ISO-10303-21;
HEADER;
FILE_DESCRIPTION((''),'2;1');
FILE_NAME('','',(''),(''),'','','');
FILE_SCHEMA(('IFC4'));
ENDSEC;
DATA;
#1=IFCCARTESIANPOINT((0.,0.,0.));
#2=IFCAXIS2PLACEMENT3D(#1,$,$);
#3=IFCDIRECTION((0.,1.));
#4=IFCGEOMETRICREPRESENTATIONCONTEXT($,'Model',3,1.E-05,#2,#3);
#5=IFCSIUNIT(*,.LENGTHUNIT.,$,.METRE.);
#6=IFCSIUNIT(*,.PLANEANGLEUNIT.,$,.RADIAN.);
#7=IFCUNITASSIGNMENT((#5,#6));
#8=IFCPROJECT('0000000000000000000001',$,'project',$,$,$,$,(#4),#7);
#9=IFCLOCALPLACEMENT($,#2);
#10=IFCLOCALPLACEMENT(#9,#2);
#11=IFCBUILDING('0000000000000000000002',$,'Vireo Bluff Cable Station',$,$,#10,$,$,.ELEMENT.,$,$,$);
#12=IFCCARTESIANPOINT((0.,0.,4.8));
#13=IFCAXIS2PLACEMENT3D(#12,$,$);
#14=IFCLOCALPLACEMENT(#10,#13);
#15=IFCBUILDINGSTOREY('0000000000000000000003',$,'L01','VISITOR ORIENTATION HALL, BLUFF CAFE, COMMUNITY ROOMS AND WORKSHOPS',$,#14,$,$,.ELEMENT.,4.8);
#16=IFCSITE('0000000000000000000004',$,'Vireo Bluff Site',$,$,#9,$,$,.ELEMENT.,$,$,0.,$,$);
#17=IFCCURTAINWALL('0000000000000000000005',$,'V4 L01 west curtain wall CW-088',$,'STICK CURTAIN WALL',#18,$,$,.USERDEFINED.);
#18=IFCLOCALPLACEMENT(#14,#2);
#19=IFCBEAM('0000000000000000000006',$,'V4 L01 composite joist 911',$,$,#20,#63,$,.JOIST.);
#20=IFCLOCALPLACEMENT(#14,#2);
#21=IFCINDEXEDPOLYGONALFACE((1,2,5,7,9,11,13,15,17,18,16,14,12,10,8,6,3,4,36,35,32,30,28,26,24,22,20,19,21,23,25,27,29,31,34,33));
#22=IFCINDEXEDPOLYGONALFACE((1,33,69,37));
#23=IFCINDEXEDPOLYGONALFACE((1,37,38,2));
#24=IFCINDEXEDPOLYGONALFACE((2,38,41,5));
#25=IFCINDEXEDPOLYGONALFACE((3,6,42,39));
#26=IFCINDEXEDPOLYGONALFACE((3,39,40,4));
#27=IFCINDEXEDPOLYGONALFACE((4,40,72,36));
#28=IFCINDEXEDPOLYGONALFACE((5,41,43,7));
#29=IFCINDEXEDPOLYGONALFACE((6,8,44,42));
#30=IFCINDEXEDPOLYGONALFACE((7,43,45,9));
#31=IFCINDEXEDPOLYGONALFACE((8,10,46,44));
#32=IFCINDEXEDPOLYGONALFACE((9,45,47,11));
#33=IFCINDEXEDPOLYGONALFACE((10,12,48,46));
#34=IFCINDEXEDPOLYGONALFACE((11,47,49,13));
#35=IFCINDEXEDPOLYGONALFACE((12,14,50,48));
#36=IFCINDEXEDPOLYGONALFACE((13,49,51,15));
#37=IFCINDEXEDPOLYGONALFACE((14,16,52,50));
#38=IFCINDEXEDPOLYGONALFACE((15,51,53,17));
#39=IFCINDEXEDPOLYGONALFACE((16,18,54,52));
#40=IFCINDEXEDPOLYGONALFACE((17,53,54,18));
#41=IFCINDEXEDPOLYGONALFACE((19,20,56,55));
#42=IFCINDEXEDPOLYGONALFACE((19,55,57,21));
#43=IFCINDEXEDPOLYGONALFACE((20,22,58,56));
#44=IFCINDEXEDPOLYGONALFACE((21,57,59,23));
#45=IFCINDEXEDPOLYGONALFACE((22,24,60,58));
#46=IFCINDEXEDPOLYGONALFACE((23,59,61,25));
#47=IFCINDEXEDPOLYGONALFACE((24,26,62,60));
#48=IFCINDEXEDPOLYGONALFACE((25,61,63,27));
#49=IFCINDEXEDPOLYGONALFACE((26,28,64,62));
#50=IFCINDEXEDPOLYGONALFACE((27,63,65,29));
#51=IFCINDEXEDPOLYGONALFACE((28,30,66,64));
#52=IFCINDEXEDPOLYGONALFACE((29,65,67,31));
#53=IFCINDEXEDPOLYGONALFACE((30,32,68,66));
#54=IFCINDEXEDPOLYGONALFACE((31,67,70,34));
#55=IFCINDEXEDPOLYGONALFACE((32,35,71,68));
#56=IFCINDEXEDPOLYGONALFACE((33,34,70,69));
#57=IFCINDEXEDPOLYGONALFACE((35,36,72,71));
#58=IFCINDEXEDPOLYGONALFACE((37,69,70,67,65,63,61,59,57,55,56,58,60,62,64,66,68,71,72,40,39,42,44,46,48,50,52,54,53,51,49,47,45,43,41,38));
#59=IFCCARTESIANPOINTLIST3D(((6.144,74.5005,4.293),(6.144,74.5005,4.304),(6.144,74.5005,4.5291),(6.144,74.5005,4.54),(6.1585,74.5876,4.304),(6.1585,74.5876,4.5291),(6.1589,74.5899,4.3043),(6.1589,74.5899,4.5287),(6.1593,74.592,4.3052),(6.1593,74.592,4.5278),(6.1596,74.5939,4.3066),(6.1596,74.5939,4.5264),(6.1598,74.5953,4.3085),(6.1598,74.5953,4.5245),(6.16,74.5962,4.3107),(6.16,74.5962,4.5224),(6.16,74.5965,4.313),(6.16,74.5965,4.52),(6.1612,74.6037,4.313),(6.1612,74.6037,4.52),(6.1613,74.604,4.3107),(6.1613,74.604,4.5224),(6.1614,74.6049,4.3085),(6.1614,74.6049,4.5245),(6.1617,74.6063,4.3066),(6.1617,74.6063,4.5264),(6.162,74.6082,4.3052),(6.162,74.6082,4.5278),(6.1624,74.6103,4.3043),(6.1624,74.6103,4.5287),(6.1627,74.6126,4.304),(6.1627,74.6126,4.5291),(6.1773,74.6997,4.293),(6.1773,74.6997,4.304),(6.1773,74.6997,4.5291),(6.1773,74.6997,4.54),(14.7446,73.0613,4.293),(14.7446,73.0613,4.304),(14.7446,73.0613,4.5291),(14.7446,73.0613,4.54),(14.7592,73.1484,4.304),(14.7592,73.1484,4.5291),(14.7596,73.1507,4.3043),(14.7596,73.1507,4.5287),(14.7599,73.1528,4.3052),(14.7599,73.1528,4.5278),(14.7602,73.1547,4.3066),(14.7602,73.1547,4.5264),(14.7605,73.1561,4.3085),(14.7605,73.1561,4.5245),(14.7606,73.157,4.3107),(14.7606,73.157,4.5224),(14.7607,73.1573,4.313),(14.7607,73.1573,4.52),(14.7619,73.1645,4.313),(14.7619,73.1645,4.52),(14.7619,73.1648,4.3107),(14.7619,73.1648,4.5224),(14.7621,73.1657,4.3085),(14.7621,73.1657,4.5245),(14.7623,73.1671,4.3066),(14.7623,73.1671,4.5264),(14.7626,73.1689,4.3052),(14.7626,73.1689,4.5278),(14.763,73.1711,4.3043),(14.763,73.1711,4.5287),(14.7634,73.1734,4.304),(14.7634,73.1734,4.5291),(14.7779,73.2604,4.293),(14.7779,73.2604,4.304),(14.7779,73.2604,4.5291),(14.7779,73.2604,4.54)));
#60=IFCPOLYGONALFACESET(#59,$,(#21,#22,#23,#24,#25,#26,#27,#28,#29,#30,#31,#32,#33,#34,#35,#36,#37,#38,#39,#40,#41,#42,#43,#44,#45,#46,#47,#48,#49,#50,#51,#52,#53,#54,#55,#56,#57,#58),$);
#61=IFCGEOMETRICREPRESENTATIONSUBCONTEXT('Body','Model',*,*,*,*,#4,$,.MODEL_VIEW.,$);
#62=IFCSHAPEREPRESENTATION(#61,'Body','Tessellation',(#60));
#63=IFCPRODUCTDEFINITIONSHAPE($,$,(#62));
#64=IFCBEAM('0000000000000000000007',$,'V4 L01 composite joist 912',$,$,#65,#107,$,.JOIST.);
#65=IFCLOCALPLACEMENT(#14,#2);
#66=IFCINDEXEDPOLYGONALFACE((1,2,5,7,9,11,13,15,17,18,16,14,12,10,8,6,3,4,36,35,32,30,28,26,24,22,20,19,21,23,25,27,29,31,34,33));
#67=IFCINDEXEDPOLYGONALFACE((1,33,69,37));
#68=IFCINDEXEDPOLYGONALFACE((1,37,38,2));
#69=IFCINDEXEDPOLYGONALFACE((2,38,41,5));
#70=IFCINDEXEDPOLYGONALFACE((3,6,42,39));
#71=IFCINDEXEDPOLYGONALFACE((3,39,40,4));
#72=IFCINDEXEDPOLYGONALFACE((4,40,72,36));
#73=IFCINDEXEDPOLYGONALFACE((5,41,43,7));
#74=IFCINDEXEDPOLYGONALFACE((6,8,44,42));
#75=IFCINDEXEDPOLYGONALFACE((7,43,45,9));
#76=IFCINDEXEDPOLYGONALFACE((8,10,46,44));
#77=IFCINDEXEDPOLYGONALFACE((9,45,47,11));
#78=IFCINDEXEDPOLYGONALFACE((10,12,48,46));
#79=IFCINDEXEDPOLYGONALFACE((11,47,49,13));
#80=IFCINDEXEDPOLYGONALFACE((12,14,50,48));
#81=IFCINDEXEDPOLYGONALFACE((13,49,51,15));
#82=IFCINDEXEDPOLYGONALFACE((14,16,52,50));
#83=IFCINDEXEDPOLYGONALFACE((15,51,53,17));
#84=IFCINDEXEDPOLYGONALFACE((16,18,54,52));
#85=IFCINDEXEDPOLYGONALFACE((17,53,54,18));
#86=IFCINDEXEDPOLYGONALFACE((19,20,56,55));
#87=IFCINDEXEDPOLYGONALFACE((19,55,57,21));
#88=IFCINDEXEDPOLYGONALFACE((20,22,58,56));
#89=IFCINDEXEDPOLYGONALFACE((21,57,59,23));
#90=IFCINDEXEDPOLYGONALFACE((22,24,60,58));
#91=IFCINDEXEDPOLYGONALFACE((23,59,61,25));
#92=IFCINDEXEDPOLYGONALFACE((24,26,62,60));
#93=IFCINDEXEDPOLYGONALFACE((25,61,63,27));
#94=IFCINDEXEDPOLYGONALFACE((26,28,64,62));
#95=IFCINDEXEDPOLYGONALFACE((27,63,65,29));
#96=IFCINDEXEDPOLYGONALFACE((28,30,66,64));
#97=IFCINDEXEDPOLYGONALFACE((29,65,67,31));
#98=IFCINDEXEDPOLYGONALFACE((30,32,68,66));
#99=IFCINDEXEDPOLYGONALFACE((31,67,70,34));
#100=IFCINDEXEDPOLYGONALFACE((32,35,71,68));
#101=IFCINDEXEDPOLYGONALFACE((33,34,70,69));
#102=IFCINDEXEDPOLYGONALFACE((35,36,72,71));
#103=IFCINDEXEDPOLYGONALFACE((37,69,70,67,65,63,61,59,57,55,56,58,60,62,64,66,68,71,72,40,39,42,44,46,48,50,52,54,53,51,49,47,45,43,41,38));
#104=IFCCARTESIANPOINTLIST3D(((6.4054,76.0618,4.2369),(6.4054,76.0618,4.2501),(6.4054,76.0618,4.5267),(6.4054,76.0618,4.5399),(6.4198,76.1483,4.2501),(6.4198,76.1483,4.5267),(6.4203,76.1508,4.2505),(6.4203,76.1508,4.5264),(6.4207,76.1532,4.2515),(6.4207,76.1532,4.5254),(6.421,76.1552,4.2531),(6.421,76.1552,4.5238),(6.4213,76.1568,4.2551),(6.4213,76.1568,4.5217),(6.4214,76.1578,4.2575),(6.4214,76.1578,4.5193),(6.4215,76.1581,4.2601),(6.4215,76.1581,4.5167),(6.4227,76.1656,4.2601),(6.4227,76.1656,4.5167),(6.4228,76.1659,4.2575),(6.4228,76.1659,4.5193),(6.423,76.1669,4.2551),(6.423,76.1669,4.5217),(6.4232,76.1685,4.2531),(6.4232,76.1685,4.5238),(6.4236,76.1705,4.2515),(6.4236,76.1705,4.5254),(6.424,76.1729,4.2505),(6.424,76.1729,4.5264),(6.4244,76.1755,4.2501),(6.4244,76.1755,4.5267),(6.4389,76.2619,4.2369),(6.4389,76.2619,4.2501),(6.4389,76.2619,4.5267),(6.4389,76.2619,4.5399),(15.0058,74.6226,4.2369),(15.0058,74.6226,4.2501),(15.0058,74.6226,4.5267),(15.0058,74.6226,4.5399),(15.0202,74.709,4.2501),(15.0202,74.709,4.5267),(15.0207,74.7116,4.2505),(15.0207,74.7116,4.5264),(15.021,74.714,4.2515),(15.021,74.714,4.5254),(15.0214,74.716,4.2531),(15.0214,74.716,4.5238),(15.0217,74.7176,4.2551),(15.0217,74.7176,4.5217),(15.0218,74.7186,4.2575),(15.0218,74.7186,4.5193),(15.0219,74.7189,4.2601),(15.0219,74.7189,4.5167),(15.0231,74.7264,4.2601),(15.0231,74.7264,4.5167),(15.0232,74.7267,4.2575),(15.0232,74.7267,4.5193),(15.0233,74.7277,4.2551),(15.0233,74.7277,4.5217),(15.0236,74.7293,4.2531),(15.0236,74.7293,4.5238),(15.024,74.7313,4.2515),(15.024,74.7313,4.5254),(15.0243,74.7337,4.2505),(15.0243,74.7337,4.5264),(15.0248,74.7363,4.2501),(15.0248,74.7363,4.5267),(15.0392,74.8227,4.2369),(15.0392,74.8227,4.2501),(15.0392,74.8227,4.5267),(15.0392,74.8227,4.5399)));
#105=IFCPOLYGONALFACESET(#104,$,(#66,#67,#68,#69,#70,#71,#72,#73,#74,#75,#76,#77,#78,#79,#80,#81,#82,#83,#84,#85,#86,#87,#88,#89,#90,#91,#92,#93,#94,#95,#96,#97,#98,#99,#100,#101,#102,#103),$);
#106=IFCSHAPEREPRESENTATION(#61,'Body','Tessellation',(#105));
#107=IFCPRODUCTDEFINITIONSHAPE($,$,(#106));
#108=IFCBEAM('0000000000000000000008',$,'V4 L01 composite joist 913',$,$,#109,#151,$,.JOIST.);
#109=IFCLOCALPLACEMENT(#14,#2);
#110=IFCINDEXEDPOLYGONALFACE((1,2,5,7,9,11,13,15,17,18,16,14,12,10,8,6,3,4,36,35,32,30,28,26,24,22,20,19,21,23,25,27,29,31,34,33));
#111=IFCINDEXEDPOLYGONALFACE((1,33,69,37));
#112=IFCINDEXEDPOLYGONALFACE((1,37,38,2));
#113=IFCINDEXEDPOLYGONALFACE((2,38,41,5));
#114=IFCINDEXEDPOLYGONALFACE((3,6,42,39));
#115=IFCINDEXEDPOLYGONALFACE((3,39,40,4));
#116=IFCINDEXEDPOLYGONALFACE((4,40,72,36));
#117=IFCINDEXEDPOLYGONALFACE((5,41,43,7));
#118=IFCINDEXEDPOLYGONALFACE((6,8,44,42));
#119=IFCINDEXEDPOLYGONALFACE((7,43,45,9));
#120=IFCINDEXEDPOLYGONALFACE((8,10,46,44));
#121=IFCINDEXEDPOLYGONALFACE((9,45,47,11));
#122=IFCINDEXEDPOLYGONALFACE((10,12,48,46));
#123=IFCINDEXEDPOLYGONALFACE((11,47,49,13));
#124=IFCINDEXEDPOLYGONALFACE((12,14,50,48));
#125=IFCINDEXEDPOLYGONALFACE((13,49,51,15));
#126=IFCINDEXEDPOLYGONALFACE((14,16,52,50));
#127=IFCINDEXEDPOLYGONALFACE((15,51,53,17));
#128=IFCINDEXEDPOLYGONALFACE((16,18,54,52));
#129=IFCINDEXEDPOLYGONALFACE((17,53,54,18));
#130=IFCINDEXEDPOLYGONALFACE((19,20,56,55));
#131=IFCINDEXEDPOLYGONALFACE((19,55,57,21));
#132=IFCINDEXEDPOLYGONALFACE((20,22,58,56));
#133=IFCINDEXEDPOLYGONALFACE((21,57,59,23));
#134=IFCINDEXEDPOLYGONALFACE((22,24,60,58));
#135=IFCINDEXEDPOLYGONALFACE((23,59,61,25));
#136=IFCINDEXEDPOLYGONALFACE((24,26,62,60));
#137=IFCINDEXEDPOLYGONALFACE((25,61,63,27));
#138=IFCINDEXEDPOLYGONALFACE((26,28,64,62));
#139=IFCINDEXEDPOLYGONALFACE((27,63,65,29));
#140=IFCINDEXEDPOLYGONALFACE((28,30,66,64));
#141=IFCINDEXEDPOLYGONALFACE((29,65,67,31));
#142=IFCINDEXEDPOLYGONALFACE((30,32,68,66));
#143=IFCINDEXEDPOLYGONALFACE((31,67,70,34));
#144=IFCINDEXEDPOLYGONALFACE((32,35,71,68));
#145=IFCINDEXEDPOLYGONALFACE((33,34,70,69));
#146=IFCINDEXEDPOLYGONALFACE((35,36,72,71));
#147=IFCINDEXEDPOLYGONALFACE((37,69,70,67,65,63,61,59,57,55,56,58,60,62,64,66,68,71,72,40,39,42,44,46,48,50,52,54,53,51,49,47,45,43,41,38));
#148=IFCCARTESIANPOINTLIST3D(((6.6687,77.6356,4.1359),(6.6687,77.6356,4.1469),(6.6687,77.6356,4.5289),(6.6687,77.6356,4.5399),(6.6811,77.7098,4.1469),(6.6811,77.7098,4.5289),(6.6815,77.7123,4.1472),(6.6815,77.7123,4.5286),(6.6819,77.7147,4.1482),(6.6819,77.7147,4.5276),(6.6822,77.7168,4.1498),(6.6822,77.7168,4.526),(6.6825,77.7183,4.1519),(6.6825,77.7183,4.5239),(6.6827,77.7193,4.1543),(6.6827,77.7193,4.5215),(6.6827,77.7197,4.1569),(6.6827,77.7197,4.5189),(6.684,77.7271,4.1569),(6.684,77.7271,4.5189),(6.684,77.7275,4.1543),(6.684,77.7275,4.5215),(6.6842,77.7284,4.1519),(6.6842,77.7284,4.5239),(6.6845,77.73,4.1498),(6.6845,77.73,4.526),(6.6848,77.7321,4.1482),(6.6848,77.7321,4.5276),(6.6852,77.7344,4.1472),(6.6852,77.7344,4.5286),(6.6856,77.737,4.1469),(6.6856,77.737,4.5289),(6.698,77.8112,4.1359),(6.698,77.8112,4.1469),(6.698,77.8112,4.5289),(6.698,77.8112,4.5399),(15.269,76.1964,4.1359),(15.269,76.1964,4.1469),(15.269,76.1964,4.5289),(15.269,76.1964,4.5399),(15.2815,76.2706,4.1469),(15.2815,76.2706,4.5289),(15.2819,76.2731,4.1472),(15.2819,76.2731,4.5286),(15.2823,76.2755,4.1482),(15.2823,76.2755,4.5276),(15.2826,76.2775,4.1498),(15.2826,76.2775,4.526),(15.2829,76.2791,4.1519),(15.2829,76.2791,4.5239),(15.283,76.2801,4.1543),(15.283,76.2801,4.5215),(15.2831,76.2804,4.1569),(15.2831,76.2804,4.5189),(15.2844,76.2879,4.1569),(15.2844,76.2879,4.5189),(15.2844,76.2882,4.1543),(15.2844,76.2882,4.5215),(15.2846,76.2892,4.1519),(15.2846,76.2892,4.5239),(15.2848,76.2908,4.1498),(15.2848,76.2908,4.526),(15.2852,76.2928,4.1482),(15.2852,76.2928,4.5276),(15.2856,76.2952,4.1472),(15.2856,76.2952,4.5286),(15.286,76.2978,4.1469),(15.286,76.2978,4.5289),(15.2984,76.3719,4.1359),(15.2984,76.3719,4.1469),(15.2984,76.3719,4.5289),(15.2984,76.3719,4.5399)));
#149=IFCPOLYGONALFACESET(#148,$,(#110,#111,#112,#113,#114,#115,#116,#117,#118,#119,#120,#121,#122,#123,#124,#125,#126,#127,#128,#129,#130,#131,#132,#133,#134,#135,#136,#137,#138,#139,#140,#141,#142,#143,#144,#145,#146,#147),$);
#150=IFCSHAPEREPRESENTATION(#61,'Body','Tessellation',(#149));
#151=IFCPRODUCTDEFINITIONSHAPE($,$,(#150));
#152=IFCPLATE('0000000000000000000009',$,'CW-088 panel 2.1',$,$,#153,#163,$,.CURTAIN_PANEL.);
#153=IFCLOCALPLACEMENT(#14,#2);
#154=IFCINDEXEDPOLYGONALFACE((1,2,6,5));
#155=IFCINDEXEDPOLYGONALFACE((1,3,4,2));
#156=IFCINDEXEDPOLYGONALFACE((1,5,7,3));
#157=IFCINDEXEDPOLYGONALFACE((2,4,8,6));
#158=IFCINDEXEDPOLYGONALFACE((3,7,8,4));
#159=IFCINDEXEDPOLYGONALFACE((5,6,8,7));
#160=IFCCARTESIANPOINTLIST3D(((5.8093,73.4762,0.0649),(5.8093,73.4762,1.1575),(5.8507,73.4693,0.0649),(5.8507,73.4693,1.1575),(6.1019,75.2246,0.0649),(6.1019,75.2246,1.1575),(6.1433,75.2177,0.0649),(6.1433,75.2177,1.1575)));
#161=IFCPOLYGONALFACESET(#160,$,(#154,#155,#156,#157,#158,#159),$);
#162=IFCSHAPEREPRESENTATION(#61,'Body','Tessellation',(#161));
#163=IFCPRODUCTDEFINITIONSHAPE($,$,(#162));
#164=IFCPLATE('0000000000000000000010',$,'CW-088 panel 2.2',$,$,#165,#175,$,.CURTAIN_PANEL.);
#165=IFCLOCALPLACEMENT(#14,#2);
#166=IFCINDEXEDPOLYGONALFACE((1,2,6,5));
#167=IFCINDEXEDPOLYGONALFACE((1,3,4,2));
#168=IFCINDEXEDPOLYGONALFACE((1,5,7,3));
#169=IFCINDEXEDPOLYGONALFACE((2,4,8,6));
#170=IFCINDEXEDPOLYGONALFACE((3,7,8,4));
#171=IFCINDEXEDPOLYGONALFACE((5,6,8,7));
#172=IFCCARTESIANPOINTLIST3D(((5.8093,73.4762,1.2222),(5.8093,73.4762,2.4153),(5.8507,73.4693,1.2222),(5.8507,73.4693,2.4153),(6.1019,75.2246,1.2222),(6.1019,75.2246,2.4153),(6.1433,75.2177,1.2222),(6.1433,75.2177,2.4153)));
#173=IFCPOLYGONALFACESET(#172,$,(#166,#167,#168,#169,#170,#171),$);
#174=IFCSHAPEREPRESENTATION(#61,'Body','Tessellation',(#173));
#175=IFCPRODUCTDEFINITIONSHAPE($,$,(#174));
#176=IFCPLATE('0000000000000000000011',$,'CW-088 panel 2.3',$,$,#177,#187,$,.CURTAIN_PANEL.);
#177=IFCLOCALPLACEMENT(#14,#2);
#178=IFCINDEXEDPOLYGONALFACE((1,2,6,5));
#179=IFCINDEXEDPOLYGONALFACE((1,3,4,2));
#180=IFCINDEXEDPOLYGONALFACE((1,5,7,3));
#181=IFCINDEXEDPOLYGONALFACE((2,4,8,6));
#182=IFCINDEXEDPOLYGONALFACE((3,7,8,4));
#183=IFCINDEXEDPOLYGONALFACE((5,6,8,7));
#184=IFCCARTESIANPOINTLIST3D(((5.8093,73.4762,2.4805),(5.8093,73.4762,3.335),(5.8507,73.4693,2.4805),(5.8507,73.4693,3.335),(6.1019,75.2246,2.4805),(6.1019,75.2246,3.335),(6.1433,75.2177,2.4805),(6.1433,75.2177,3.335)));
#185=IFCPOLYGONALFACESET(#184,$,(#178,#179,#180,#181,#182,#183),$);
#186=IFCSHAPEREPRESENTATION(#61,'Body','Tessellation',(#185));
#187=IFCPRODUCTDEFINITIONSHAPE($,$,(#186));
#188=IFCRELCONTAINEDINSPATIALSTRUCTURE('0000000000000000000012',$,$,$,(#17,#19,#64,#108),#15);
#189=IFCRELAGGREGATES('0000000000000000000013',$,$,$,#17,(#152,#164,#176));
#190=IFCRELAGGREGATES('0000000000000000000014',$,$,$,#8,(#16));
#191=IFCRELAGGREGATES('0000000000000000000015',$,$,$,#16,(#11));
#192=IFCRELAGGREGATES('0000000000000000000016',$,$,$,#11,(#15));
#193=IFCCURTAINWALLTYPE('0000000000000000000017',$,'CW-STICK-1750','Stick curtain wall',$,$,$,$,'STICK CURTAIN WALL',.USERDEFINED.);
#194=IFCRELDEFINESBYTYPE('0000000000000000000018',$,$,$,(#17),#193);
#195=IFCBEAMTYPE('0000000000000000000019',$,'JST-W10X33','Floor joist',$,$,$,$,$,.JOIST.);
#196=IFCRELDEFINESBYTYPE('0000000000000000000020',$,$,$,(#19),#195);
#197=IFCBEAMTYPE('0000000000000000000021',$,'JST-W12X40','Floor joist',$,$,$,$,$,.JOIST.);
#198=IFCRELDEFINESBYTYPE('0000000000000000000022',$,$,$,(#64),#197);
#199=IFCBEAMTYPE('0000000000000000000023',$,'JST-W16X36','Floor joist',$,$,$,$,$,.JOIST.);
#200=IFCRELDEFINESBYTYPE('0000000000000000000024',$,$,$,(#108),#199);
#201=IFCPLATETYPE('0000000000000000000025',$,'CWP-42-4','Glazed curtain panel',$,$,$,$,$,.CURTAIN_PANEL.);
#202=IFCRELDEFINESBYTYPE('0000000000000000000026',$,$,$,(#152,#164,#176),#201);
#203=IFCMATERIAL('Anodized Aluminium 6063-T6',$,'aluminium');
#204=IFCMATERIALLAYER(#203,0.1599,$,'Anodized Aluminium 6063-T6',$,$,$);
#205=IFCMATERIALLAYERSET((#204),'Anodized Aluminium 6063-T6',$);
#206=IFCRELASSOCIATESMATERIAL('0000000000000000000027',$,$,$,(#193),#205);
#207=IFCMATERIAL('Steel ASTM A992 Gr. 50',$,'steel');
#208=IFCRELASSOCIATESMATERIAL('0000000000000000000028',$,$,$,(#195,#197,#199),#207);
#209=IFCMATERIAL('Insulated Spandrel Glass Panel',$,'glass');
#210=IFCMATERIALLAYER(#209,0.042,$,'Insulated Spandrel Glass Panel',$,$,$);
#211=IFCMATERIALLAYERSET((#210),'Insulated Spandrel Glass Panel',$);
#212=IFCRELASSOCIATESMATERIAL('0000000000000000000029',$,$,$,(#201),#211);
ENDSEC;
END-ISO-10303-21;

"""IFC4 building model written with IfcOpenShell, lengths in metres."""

from ifc_helpers import new_model, si_unit, direction, frame, origin, origin_2d, place, context, subcontext, project, spatial, rectangle, i_section, extrude, material, layer, layer_set, material_profile, profile_set, type_object, element, aggregate, save


model = new_model("IFC4")

# Units and contexts
model_context = context("Model", 3, precision=1e-05, world=origin(), true_north=direction((0.0, 1.0)))
body_context = subcontext(model_context, "Body", "Model", "MODEL_VIEW")
ifc_project = project(units=[si_unit("LENGTHUNIT", "METRE"), si_unit("PLANEANGLEUNIT", "RADIAN")], contexts=[model_context])

# Site, building, storey
site_placement = place(None, origin())
site = spatial("IfcSite", under=ifc_project, at=site_placement, Name="Vireo Bluff Site", CompositionType="ELEMENT", RefElevation=0.0)
building_placement = place(site_placement, origin())
building = spatial("IfcBuilding", under=site, at=building_placement, Name="Vireo Bluff Cable Station", CompositionType="ELEMENT")
storey_placement = place(building_placement, frame((0.0, 0.0, 4.8)))
storey = spatial("IfcBuildingStorey", under=building, at=storey_placement, Name="L01", Description="VISITOR ORIENTATION HALL, BLUFF CAFE, COMMUNITY ROOMS AND WORKSHOPS", CompositionType="ELEMENT", Elevation=4.8)

# Curtain wall
ifc_material_1 = material(Name="Anodized Aluminium 6063-T6", Category="aluminium")
ifc_layer_1 = layer(ifc_material_1, 0.1599, Name="Anodized Aluminium 6063-T6")
ifc_layer_set_1 = layer_set([ifc_layer_1], Name="Anodized Aluminium 6063-T6")
curtain_wall_type = type_object("IfcCurtainWallType", Name="CW-STICK-1750", Description="Stick curtain wall", ElementType="STICK CURTAIN WALL", PredefinedType="USERDEFINED", material=ifc_layer_set_1)
curtain_wall_placement = place(storey_placement, origin())
curtain_wall = element("IfcCurtainWall", 1, at=curtain_wall_placement, inside=storey, type_object=curtain_wall_type, Name="V4 L01 west curtain wall CW-088", ObjectType="STICK CURTAIN WALL", PredefinedType="USERDEFINED")

# Beams
ifc_material_2 = material(Name="Steel ASTM A992 Gr. 50", Category="steel")
ifc_material_profile_1 = material_profile(ifc_material_2, i_section(OverallWidth=0.2019, OverallDepth=0.2471, WebThickness=0.0073, FlangeThickness=0.011, FilletRadius=0.009, at=origin_2d()), Name="W10X33")
ifc_profile_set_1 = profile_set([ifc_material_profile_1], Name="Steel ASTM A992 Gr. 50")
beam_type_1 = type_object("IfcBeamType", Name="JST-W10X33", Description="Floor joist", PredefinedType="JOIST", material=ifc_profile_set_1)
beam_1_placement = place(storey_placement, frame((6.1606, 74.6001, 4.4165), z_axis=(0.986286, -0.165044, 0.0), x_axis=(0.165044, 0.986286, 0.0)))
element("IfcBeam", 2, at=beam_1_placement, inside=storey, type_object=beam_type_1, Name="V4 L01 composite joist 911", PredefinedType="JOIST", context=body_context, shape_type="SweptSolid", body=[
    extrude(i_section(OverallWidth=0.2019, OverallDepth=0.2471, WebThickness=0.0073, FlangeThickness=0.011, FilletRadius=0.009, at=origin_2d()), origin(), (0.0, 0.0, 1.0), 8.7202),
])
ifc_material_profile_2 = material_profile(ifc_material_2, i_section(OverallWidth=0.2029, OverallDepth=0.303, WebThickness=0.0076, FlangeThickness=0.0132, FilletRadius=0.01, at=origin_2d()), Name="W12X40")
ifc_profile_set_2 = profile_set([ifc_material_profile_2], Name="Steel ASTM A992 Gr. 50")
beam_type_2 = type_object("IfcBeamType", Name="JST-W12X40", Description="Floor joist", PredefinedType="JOIST", material=ifc_profile_set_2)
beam_2_placement = place(storey_placement, frame((6.4221, 76.1619, 4.3884), z_axis=(0.986286, -0.165048, 0.0), x_axis=(0.165048, 0.986286, 0.0)))
element("IfcBeam", 3, at=beam_2_placement, inside=storey, type_object=beam_type_2, Name="V4 L01 composite joist 912", PredefinedType="JOIST", context=body_context, shape_type="SweptSolid", body=[
    extrude(i_section(OverallWidth=0.2029, OverallDepth=0.303, WebThickness=0.0076, FlangeThickness=0.0132, FilletRadius=0.01, at=origin_2d()), origin(), (0.0, 0.0, 1.0), 8.72),
])
ifc_material_profile_3 = material_profile(ifc_material_2, i_section(OverallWidth=0.178, OverallDepth=0.4041, WebThickness=0.0076, FlangeThickness=0.011, FilletRadius=0.01, at=origin_2d()), Name="W16X36")
ifc_profile_set_3 = profile_set([ifc_material_profile_3], Name="Steel ASTM A992 Gr. 50")
beam_type_3 = type_object("IfcBeamType", Name="JST-W16X36", Description="Floor joist", PredefinedType="JOIST", material=ifc_profile_set_3)
beam_3_placement = place(storey_placement, frame((6.6833, 77.7234, 4.3379), z_axis=(0.986286, -0.165048, 0.0), x_axis=(0.165048, 0.986286, 0.0)))
element("IfcBeam", 4, at=beam_3_placement, inside=storey, type_object=beam_type_3, Name="V4 L01 composite joist 913", PredefinedType="JOIST", context=body_context, shape_type="SweptSolid", body=[
    extrude(i_section(OverallWidth=0.178, OverallDepth=0.4041, WebThickness=0.0076, FlangeThickness=0.011, FilletRadius=0.01, at=origin_2d()), origin(), (0.0, 0.0, 1.0), 8.72),
])

# Plates
ifc_material_3 = material(Name="Insulated Spandrel Glass Panel", Category="glass")
ifc_layer_2 = layer(ifc_material_3, 0.042, Name="Insulated Spandrel Glass Panel")
ifc_layer_set_2 = layer_set([ifc_layer_2], Name="Insulated Spandrel Glass Panel")
plate_type = type_object("IfcPlateType", Name="CWP-42-4", Description="Glazed curtain panel", PredefinedType="CURTAIN_PANEL", material=ifc_layer_set_2)
plate_1_placement = place(storey_placement, frame((5.9763, 74.3469, 0.0649), z_axis=(0.0, 0.0, 1.0), x_axis=(0.165048, 0.986286, 0.0)))
plate_1 = element("IfcPlate", 5, at=plate_1_placement, type_object=plate_type, Name="CW-088 panel 2.1", PredefinedType="CURTAIN_PANEL", context=body_context, shape_type="SweptSolid", body=[
    extrude(rectangle(XDim=1.7727, YDim=0.042, at=origin_2d()), origin(), (0.0, 0.0, 1.0), 1.0925),
])
plate_2_placement = place(storey_placement, frame((5.9763, 74.3469, 1.2222), z_axis=(0.0, 0.0, 1.0), x_axis=(0.165048, 0.986286, 0.0)))
plate_2 = element("IfcPlate", 6, at=plate_2_placement, type_object=plate_type, Name="CW-088 panel 2.2", PredefinedType="CURTAIN_PANEL", context=body_context, shape_type="SweptSolid", body=[
    extrude(rectangle(XDim=1.7727, YDim=0.042, at=origin_2d()), origin(), (0.0, 0.0, 1.0), 1.1931),
])
plate_3_placement = place(storey_placement, frame((5.9763, 74.3469, 2.4805), z_axis=(0.0, 0.0, 1.0), x_axis=(0.165048, 0.986286, 0.0)))
plate_3 = element("IfcPlate", 7, at=plate_3_placement, type_object=plate_type, Name="CW-088 panel 2.3", PredefinedType="CURTAIN_PANEL", context=body_context, shape_type="SweptSolid", body=[
    extrude(rectangle(XDim=1.7727, YDim=0.042, at=origin_2d()), origin(), (0.0, 0.0, 1.0), 0.8545),
])
aggregate(curtain_wall, [plate_1, plate_2, plate_3])

save(model, "model.ifc")
